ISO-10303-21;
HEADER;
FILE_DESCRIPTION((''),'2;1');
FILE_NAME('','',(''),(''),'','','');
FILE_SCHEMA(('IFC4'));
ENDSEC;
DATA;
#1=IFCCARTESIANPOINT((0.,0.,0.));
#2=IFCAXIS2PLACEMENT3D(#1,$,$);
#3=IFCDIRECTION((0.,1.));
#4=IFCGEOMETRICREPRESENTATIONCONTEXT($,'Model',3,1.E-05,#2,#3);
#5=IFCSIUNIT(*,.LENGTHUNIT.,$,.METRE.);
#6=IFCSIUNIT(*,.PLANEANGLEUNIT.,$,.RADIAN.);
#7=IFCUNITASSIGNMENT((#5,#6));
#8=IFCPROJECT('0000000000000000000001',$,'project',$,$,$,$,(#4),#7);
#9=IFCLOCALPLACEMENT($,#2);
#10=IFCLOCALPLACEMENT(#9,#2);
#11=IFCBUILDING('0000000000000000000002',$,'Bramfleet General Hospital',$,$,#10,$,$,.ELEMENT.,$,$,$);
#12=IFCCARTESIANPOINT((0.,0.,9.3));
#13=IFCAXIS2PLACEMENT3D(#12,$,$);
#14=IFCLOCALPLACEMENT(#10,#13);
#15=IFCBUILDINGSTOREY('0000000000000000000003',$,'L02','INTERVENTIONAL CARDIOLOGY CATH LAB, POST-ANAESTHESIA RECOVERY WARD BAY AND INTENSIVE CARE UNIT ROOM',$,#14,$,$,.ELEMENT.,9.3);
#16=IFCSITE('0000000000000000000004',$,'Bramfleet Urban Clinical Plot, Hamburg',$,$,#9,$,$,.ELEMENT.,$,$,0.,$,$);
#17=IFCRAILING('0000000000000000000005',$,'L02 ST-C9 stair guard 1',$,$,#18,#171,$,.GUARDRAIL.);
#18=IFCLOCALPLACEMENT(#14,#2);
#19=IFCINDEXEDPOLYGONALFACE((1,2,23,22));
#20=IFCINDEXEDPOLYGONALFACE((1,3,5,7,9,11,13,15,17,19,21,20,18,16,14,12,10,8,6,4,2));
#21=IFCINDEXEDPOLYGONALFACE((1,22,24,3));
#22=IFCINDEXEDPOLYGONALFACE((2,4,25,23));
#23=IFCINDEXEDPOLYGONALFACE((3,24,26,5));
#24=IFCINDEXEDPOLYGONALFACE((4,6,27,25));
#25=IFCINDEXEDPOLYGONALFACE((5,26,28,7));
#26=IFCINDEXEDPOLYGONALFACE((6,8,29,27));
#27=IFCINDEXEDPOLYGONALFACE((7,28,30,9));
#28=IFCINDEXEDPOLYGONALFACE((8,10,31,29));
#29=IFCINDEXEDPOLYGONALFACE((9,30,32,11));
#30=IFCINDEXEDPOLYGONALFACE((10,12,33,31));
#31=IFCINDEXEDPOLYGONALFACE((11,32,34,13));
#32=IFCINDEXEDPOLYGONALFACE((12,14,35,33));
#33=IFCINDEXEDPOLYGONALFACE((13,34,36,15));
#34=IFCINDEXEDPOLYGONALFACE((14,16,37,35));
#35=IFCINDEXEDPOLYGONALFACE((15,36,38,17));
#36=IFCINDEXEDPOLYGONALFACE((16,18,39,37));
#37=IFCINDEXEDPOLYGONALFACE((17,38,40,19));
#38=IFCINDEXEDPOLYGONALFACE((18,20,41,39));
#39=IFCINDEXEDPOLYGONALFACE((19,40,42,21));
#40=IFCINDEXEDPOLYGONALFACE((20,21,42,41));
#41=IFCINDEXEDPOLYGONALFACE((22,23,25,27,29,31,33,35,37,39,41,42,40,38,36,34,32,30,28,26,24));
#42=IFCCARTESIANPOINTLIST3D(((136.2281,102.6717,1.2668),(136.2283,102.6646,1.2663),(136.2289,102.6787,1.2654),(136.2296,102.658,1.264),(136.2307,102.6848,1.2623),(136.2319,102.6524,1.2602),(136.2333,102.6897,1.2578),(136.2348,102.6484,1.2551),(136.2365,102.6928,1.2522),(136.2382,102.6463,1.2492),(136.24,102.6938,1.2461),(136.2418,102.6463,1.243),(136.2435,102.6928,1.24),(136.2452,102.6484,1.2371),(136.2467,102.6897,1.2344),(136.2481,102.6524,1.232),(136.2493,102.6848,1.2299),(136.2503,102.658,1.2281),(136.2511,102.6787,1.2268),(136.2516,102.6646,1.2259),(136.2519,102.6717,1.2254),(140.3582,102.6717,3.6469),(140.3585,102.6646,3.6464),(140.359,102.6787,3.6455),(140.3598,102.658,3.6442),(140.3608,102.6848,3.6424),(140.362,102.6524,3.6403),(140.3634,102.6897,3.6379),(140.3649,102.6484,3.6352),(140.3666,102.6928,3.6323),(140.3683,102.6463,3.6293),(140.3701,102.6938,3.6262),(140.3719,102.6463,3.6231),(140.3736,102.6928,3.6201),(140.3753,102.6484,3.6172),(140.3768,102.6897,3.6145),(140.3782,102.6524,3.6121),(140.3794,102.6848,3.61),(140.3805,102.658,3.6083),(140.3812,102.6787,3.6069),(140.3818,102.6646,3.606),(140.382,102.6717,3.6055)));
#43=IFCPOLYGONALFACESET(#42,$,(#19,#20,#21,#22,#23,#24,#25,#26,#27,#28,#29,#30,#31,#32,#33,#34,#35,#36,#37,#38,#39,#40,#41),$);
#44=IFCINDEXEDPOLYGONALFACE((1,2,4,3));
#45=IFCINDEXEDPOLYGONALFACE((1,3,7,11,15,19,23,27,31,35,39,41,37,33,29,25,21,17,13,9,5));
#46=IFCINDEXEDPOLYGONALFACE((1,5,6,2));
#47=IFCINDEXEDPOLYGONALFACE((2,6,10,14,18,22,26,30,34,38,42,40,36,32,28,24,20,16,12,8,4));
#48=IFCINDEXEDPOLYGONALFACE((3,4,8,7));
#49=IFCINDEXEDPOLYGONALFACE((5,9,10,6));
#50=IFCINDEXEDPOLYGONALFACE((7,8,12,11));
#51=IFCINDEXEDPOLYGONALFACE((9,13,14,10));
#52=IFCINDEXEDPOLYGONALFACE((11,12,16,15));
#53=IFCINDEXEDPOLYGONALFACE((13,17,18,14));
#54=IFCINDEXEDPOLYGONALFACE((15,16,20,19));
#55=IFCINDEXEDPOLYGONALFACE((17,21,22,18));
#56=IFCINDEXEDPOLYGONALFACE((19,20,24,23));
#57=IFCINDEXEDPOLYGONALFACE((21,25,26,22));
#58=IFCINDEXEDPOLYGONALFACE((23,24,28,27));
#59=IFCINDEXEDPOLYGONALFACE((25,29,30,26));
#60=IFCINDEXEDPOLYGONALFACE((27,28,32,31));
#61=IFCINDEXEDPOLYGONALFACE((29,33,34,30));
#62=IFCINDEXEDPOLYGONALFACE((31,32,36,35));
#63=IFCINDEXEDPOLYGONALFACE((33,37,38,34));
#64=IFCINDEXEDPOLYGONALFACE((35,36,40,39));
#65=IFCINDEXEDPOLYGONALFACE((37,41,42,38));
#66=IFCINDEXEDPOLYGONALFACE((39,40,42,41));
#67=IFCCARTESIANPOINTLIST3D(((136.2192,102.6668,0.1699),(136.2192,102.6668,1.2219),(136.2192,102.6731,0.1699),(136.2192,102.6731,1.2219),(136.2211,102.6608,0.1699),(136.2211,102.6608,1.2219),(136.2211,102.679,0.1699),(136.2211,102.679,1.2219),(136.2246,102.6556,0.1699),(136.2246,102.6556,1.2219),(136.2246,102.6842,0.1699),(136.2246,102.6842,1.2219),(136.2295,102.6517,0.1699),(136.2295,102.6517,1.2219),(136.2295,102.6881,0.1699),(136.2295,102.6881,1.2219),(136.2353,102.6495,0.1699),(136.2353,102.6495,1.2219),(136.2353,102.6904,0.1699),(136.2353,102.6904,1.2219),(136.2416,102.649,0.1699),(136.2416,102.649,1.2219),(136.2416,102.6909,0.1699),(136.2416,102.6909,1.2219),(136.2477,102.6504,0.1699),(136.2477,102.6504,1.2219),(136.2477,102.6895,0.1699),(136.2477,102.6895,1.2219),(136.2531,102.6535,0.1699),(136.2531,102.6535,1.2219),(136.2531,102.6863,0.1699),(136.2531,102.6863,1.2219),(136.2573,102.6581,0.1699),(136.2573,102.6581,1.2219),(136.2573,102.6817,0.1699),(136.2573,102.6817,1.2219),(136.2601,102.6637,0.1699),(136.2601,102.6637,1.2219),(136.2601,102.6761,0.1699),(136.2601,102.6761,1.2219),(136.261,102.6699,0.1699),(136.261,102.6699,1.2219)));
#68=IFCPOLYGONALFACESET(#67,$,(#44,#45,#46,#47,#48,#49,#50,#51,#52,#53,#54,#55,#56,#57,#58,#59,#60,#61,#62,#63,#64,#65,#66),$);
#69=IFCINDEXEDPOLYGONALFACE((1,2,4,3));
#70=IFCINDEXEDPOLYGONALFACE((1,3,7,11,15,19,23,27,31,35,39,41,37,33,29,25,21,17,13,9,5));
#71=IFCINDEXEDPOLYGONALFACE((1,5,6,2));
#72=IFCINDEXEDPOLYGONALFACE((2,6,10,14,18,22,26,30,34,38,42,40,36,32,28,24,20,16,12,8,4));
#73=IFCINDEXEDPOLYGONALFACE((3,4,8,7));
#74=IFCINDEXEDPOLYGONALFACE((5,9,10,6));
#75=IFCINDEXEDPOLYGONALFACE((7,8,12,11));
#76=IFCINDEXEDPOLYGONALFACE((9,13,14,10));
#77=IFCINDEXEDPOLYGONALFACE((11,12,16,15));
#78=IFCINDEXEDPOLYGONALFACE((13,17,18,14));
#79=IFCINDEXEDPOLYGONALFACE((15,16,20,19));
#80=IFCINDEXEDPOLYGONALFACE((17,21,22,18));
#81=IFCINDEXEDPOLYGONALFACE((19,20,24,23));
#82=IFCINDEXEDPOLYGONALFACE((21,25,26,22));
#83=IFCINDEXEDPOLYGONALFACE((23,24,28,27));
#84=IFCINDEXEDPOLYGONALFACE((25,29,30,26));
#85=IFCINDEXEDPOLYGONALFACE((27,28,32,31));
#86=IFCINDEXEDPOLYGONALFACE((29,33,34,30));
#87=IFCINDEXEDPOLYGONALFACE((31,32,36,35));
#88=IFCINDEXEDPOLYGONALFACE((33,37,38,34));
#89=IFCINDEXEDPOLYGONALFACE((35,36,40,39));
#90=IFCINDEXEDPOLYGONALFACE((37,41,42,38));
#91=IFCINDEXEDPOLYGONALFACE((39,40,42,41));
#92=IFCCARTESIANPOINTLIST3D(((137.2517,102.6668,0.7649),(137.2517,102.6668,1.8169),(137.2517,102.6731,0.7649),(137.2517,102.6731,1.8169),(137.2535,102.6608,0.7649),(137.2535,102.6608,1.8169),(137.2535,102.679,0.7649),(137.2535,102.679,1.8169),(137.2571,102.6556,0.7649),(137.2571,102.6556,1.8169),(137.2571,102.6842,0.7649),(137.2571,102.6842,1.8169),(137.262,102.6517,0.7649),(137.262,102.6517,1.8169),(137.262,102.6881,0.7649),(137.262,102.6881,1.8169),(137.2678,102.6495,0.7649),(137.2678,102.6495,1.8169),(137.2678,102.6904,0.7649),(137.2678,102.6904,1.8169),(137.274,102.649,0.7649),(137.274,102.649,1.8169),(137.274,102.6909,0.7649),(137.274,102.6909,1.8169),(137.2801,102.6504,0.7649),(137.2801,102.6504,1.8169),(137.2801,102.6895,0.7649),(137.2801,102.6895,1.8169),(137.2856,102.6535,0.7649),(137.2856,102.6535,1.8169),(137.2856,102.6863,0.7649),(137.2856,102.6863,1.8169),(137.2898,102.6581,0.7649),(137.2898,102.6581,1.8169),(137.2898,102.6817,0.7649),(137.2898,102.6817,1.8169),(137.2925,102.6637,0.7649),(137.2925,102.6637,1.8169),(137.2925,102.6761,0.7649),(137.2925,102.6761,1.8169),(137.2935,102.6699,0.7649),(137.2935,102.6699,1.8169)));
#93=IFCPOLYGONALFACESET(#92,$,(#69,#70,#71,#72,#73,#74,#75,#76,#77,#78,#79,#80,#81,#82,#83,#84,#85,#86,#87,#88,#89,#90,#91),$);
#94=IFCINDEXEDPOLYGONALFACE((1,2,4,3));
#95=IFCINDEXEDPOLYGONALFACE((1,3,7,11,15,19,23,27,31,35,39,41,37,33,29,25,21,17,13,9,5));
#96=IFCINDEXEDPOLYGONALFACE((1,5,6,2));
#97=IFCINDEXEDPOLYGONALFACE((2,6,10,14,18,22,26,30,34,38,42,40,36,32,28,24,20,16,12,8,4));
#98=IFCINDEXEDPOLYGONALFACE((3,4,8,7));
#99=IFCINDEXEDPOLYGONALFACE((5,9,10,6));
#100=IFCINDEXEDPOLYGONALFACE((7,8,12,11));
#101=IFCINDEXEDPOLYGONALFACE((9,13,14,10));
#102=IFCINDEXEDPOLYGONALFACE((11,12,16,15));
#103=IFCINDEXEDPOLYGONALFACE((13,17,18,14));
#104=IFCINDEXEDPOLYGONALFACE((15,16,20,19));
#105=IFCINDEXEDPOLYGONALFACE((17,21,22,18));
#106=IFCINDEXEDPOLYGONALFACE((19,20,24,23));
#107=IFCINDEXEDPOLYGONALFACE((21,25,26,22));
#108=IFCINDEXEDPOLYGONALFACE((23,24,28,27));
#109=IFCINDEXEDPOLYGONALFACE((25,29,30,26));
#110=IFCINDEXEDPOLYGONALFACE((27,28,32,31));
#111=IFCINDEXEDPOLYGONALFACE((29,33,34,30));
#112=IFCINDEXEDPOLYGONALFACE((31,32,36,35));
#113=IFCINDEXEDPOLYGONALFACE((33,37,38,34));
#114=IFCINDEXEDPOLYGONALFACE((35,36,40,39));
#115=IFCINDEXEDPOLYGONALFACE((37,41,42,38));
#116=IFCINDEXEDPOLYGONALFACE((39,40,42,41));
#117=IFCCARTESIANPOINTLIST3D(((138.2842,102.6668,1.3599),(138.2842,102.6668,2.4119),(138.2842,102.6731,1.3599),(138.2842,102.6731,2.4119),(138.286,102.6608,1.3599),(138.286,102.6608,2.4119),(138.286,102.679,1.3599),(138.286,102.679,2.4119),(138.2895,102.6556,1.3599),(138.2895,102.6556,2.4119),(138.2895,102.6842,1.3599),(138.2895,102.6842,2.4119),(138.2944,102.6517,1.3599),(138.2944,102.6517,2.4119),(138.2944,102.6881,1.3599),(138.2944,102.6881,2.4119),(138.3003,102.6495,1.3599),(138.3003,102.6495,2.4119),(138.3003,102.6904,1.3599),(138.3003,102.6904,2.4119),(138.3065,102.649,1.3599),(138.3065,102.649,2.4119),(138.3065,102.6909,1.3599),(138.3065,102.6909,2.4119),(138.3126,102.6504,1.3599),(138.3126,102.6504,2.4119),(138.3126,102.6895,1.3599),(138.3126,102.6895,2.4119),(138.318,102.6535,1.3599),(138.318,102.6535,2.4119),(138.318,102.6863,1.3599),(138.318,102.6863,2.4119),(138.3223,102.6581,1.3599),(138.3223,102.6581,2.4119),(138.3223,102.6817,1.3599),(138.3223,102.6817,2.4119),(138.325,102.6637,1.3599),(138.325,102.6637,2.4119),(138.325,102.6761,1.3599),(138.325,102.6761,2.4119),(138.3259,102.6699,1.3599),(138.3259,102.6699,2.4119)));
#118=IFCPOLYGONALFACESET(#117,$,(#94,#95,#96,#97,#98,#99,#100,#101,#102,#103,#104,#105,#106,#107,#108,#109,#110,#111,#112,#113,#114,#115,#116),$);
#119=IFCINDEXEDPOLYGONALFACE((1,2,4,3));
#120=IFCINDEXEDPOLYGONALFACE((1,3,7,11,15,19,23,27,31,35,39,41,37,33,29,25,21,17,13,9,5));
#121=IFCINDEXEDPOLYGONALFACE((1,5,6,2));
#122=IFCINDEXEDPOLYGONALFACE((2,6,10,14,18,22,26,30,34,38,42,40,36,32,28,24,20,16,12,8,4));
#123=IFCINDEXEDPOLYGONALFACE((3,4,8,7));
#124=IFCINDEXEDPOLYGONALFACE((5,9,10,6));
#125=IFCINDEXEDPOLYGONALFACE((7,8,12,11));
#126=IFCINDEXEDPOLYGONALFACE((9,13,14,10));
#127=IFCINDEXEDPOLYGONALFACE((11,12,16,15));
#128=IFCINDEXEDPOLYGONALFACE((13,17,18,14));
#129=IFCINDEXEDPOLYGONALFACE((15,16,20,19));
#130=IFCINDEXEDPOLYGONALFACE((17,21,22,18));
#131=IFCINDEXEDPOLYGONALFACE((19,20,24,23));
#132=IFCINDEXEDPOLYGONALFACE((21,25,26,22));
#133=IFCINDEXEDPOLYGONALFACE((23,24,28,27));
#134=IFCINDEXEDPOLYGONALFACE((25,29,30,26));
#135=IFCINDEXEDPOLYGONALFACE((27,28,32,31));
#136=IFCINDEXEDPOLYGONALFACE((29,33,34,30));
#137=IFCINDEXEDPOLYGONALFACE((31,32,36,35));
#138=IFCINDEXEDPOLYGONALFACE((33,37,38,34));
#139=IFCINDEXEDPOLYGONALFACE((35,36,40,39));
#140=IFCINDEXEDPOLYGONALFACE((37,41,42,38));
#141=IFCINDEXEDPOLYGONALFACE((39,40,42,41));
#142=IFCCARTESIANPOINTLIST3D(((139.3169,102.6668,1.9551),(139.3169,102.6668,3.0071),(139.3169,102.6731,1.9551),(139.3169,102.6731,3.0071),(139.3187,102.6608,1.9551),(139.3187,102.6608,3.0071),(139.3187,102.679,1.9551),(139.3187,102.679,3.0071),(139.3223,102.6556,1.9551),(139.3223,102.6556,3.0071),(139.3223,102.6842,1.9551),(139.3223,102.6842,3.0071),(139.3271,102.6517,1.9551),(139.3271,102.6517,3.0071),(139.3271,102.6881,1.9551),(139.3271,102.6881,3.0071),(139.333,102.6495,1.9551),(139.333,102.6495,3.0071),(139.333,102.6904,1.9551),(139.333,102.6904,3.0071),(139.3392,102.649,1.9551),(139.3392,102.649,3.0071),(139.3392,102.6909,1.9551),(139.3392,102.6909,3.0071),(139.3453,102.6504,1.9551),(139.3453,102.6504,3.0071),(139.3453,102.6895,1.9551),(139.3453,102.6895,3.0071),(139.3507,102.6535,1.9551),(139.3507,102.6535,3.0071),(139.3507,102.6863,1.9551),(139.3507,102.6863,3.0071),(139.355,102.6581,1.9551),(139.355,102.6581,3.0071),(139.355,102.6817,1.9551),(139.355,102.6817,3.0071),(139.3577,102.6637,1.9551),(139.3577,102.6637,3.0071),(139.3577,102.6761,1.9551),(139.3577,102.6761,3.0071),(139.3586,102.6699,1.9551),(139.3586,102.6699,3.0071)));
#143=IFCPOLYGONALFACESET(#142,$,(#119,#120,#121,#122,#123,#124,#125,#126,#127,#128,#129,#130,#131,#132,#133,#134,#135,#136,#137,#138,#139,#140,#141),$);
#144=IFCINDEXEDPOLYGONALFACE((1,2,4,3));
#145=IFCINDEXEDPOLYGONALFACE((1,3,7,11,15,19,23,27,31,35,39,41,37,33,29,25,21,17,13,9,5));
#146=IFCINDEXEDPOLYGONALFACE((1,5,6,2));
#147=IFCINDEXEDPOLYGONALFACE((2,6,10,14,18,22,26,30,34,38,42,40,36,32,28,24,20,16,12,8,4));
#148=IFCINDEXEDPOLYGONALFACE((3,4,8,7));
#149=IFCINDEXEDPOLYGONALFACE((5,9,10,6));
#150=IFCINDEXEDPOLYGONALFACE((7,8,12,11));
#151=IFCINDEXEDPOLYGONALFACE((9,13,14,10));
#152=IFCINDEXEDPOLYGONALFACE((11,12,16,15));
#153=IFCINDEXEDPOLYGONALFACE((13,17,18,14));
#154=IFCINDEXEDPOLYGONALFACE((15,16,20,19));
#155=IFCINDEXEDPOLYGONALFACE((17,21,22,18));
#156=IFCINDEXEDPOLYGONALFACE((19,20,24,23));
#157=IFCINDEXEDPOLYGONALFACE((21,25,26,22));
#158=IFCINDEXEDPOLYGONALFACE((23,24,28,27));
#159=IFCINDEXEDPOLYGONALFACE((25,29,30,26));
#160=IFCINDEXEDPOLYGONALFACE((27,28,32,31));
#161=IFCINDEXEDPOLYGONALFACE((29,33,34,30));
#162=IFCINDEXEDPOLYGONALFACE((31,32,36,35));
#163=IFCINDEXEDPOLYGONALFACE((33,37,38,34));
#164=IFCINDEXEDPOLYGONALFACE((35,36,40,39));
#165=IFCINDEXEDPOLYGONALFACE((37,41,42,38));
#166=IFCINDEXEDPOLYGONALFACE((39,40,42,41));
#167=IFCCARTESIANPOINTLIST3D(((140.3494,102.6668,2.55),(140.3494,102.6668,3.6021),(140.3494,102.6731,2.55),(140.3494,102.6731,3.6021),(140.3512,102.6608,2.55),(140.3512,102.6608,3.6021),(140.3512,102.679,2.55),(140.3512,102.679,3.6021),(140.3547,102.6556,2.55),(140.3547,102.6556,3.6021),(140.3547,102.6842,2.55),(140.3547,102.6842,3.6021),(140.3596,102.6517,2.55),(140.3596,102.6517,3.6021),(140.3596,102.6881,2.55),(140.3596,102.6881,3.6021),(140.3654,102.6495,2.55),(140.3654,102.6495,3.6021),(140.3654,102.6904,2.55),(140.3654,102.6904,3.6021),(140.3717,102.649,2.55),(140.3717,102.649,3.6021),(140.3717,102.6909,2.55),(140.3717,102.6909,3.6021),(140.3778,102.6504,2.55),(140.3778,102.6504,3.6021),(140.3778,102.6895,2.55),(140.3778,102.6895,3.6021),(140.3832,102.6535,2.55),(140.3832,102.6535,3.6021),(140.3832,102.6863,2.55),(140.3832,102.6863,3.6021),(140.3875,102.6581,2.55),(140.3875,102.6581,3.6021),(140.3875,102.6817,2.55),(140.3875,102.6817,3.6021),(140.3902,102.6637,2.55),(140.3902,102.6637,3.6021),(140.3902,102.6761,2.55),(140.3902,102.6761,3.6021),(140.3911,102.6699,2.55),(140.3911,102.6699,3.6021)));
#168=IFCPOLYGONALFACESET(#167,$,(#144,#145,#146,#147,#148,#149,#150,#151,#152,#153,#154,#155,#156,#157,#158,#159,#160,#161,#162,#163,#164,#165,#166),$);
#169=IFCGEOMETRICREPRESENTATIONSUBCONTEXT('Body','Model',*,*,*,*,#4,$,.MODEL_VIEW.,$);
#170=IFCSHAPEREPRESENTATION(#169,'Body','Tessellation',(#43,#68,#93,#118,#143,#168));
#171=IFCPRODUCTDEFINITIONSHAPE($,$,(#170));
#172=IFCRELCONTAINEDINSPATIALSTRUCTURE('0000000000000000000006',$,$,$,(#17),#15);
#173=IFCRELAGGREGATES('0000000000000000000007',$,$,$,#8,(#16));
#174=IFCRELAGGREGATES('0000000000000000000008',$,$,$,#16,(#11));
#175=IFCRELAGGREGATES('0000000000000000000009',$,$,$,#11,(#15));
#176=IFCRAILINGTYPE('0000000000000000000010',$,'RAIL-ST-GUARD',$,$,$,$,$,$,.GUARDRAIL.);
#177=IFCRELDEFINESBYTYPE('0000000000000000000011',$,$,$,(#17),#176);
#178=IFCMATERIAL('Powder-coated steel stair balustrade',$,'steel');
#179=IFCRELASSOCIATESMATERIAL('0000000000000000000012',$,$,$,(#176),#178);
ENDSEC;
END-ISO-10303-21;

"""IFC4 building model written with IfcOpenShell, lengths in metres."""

from ifc_helpers import new_model, si_unit, direction, frame, origin, origin_2d, place, context, subcontext, project, spatial, circle, extrude, material, type_object, element, save


model = new_model("IFC4")

# Units and contexts
model_context = context("Model", 3, precision=1e-05, world=origin(), true_north=direction((0.0, 1.0)))
body_context = subcontext(model_context, "Body", "Model", "MODEL_VIEW")
ifc_project = project(units=[si_unit("LENGTHUNIT", "METRE"), si_unit("PLANEANGLEUNIT", "RADIAN")], contexts=[model_context])

# Site, building, storey
site_placement = place(None, origin())
site = spatial("IfcSite", under=ifc_project, at=site_placement, Name="Bramfleet Urban Clinical Plot, Hamburg", CompositionType="ELEMENT", RefElevation=0.0)
building_placement = place(site_placement, origin())
building = spatial("IfcBuilding", under=site, at=building_placement, Name="Bramfleet General Hospital", CompositionType="ELEMENT")
storey_placement = place(building_placement, frame((0.0, 0.0, 9.3)))
storey = spatial("IfcBuildingStorey", under=building, at=storey_placement, Name="L02", Description="INTERVENTIONAL CARDIOLOGY CATH LAB, POST-ANAESTHESIA RECOVERY WARD BAY AND INTENSIVE CARE UNIT ROOM", CompositionType="ELEMENT", Elevation=9.3)

# Railing
ifc_material_1 = material(Name="Powder-coated steel stair balustrade", Category="steel")
railing_type = type_object("IfcRailingType", Name="RAIL-ST-GUARD", PredefinedType="GUARDRAIL", material=ifc_material_1)
railing_1_placement = place(storey_placement, frame((136.24, 102.6699, 0.1699)))
element("IfcRailing", 1, at=railing_1_placement, inside=storey, type_object=railing_type, Name="L02 ST-C9 stair guard 1", PredefinedType="GUARDRAIL", context=body_context, shape_type="SweptSolid", body=[
    extrude(circle(Radius=0.0239, at=origin_2d()), frame((0.0, 0.0, 1.0762), z_axis=(0.866425, 0.0, 0.499307), x_axis=(0.0, 1.0, 0.0)), (0.0, 0.0, 1.0), 4.7668),
    extrude(circle(Radius=0.021, at=origin_2d()), origin(), (0.0, 0.0, 1.0), 1.052),
    extrude(circle(Radius=0.021, at=origin_2d()), frame((1.0325, 0.0, 0.595)), (0.0, 0.0, 1.0), 1.052),
    extrude(circle(Radius=0.021, at=origin_2d()), frame((2.0649, 0.0, 1.1899)), (0.0, 0.0, 1.0), 1.052),
    extrude(circle(Radius=0.021, at=origin_2d()), frame((3.0977, 0.0, 1.7852)), (0.0, 0.0, 1.0), 1.052),
    extrude(circle(Radius=0.021, at=origin_2d()), frame((4.1301, 0.0, 2.3801)), (0.0, 0.0, 1.0), 1.052),
])

save(model, "model.ifc")
